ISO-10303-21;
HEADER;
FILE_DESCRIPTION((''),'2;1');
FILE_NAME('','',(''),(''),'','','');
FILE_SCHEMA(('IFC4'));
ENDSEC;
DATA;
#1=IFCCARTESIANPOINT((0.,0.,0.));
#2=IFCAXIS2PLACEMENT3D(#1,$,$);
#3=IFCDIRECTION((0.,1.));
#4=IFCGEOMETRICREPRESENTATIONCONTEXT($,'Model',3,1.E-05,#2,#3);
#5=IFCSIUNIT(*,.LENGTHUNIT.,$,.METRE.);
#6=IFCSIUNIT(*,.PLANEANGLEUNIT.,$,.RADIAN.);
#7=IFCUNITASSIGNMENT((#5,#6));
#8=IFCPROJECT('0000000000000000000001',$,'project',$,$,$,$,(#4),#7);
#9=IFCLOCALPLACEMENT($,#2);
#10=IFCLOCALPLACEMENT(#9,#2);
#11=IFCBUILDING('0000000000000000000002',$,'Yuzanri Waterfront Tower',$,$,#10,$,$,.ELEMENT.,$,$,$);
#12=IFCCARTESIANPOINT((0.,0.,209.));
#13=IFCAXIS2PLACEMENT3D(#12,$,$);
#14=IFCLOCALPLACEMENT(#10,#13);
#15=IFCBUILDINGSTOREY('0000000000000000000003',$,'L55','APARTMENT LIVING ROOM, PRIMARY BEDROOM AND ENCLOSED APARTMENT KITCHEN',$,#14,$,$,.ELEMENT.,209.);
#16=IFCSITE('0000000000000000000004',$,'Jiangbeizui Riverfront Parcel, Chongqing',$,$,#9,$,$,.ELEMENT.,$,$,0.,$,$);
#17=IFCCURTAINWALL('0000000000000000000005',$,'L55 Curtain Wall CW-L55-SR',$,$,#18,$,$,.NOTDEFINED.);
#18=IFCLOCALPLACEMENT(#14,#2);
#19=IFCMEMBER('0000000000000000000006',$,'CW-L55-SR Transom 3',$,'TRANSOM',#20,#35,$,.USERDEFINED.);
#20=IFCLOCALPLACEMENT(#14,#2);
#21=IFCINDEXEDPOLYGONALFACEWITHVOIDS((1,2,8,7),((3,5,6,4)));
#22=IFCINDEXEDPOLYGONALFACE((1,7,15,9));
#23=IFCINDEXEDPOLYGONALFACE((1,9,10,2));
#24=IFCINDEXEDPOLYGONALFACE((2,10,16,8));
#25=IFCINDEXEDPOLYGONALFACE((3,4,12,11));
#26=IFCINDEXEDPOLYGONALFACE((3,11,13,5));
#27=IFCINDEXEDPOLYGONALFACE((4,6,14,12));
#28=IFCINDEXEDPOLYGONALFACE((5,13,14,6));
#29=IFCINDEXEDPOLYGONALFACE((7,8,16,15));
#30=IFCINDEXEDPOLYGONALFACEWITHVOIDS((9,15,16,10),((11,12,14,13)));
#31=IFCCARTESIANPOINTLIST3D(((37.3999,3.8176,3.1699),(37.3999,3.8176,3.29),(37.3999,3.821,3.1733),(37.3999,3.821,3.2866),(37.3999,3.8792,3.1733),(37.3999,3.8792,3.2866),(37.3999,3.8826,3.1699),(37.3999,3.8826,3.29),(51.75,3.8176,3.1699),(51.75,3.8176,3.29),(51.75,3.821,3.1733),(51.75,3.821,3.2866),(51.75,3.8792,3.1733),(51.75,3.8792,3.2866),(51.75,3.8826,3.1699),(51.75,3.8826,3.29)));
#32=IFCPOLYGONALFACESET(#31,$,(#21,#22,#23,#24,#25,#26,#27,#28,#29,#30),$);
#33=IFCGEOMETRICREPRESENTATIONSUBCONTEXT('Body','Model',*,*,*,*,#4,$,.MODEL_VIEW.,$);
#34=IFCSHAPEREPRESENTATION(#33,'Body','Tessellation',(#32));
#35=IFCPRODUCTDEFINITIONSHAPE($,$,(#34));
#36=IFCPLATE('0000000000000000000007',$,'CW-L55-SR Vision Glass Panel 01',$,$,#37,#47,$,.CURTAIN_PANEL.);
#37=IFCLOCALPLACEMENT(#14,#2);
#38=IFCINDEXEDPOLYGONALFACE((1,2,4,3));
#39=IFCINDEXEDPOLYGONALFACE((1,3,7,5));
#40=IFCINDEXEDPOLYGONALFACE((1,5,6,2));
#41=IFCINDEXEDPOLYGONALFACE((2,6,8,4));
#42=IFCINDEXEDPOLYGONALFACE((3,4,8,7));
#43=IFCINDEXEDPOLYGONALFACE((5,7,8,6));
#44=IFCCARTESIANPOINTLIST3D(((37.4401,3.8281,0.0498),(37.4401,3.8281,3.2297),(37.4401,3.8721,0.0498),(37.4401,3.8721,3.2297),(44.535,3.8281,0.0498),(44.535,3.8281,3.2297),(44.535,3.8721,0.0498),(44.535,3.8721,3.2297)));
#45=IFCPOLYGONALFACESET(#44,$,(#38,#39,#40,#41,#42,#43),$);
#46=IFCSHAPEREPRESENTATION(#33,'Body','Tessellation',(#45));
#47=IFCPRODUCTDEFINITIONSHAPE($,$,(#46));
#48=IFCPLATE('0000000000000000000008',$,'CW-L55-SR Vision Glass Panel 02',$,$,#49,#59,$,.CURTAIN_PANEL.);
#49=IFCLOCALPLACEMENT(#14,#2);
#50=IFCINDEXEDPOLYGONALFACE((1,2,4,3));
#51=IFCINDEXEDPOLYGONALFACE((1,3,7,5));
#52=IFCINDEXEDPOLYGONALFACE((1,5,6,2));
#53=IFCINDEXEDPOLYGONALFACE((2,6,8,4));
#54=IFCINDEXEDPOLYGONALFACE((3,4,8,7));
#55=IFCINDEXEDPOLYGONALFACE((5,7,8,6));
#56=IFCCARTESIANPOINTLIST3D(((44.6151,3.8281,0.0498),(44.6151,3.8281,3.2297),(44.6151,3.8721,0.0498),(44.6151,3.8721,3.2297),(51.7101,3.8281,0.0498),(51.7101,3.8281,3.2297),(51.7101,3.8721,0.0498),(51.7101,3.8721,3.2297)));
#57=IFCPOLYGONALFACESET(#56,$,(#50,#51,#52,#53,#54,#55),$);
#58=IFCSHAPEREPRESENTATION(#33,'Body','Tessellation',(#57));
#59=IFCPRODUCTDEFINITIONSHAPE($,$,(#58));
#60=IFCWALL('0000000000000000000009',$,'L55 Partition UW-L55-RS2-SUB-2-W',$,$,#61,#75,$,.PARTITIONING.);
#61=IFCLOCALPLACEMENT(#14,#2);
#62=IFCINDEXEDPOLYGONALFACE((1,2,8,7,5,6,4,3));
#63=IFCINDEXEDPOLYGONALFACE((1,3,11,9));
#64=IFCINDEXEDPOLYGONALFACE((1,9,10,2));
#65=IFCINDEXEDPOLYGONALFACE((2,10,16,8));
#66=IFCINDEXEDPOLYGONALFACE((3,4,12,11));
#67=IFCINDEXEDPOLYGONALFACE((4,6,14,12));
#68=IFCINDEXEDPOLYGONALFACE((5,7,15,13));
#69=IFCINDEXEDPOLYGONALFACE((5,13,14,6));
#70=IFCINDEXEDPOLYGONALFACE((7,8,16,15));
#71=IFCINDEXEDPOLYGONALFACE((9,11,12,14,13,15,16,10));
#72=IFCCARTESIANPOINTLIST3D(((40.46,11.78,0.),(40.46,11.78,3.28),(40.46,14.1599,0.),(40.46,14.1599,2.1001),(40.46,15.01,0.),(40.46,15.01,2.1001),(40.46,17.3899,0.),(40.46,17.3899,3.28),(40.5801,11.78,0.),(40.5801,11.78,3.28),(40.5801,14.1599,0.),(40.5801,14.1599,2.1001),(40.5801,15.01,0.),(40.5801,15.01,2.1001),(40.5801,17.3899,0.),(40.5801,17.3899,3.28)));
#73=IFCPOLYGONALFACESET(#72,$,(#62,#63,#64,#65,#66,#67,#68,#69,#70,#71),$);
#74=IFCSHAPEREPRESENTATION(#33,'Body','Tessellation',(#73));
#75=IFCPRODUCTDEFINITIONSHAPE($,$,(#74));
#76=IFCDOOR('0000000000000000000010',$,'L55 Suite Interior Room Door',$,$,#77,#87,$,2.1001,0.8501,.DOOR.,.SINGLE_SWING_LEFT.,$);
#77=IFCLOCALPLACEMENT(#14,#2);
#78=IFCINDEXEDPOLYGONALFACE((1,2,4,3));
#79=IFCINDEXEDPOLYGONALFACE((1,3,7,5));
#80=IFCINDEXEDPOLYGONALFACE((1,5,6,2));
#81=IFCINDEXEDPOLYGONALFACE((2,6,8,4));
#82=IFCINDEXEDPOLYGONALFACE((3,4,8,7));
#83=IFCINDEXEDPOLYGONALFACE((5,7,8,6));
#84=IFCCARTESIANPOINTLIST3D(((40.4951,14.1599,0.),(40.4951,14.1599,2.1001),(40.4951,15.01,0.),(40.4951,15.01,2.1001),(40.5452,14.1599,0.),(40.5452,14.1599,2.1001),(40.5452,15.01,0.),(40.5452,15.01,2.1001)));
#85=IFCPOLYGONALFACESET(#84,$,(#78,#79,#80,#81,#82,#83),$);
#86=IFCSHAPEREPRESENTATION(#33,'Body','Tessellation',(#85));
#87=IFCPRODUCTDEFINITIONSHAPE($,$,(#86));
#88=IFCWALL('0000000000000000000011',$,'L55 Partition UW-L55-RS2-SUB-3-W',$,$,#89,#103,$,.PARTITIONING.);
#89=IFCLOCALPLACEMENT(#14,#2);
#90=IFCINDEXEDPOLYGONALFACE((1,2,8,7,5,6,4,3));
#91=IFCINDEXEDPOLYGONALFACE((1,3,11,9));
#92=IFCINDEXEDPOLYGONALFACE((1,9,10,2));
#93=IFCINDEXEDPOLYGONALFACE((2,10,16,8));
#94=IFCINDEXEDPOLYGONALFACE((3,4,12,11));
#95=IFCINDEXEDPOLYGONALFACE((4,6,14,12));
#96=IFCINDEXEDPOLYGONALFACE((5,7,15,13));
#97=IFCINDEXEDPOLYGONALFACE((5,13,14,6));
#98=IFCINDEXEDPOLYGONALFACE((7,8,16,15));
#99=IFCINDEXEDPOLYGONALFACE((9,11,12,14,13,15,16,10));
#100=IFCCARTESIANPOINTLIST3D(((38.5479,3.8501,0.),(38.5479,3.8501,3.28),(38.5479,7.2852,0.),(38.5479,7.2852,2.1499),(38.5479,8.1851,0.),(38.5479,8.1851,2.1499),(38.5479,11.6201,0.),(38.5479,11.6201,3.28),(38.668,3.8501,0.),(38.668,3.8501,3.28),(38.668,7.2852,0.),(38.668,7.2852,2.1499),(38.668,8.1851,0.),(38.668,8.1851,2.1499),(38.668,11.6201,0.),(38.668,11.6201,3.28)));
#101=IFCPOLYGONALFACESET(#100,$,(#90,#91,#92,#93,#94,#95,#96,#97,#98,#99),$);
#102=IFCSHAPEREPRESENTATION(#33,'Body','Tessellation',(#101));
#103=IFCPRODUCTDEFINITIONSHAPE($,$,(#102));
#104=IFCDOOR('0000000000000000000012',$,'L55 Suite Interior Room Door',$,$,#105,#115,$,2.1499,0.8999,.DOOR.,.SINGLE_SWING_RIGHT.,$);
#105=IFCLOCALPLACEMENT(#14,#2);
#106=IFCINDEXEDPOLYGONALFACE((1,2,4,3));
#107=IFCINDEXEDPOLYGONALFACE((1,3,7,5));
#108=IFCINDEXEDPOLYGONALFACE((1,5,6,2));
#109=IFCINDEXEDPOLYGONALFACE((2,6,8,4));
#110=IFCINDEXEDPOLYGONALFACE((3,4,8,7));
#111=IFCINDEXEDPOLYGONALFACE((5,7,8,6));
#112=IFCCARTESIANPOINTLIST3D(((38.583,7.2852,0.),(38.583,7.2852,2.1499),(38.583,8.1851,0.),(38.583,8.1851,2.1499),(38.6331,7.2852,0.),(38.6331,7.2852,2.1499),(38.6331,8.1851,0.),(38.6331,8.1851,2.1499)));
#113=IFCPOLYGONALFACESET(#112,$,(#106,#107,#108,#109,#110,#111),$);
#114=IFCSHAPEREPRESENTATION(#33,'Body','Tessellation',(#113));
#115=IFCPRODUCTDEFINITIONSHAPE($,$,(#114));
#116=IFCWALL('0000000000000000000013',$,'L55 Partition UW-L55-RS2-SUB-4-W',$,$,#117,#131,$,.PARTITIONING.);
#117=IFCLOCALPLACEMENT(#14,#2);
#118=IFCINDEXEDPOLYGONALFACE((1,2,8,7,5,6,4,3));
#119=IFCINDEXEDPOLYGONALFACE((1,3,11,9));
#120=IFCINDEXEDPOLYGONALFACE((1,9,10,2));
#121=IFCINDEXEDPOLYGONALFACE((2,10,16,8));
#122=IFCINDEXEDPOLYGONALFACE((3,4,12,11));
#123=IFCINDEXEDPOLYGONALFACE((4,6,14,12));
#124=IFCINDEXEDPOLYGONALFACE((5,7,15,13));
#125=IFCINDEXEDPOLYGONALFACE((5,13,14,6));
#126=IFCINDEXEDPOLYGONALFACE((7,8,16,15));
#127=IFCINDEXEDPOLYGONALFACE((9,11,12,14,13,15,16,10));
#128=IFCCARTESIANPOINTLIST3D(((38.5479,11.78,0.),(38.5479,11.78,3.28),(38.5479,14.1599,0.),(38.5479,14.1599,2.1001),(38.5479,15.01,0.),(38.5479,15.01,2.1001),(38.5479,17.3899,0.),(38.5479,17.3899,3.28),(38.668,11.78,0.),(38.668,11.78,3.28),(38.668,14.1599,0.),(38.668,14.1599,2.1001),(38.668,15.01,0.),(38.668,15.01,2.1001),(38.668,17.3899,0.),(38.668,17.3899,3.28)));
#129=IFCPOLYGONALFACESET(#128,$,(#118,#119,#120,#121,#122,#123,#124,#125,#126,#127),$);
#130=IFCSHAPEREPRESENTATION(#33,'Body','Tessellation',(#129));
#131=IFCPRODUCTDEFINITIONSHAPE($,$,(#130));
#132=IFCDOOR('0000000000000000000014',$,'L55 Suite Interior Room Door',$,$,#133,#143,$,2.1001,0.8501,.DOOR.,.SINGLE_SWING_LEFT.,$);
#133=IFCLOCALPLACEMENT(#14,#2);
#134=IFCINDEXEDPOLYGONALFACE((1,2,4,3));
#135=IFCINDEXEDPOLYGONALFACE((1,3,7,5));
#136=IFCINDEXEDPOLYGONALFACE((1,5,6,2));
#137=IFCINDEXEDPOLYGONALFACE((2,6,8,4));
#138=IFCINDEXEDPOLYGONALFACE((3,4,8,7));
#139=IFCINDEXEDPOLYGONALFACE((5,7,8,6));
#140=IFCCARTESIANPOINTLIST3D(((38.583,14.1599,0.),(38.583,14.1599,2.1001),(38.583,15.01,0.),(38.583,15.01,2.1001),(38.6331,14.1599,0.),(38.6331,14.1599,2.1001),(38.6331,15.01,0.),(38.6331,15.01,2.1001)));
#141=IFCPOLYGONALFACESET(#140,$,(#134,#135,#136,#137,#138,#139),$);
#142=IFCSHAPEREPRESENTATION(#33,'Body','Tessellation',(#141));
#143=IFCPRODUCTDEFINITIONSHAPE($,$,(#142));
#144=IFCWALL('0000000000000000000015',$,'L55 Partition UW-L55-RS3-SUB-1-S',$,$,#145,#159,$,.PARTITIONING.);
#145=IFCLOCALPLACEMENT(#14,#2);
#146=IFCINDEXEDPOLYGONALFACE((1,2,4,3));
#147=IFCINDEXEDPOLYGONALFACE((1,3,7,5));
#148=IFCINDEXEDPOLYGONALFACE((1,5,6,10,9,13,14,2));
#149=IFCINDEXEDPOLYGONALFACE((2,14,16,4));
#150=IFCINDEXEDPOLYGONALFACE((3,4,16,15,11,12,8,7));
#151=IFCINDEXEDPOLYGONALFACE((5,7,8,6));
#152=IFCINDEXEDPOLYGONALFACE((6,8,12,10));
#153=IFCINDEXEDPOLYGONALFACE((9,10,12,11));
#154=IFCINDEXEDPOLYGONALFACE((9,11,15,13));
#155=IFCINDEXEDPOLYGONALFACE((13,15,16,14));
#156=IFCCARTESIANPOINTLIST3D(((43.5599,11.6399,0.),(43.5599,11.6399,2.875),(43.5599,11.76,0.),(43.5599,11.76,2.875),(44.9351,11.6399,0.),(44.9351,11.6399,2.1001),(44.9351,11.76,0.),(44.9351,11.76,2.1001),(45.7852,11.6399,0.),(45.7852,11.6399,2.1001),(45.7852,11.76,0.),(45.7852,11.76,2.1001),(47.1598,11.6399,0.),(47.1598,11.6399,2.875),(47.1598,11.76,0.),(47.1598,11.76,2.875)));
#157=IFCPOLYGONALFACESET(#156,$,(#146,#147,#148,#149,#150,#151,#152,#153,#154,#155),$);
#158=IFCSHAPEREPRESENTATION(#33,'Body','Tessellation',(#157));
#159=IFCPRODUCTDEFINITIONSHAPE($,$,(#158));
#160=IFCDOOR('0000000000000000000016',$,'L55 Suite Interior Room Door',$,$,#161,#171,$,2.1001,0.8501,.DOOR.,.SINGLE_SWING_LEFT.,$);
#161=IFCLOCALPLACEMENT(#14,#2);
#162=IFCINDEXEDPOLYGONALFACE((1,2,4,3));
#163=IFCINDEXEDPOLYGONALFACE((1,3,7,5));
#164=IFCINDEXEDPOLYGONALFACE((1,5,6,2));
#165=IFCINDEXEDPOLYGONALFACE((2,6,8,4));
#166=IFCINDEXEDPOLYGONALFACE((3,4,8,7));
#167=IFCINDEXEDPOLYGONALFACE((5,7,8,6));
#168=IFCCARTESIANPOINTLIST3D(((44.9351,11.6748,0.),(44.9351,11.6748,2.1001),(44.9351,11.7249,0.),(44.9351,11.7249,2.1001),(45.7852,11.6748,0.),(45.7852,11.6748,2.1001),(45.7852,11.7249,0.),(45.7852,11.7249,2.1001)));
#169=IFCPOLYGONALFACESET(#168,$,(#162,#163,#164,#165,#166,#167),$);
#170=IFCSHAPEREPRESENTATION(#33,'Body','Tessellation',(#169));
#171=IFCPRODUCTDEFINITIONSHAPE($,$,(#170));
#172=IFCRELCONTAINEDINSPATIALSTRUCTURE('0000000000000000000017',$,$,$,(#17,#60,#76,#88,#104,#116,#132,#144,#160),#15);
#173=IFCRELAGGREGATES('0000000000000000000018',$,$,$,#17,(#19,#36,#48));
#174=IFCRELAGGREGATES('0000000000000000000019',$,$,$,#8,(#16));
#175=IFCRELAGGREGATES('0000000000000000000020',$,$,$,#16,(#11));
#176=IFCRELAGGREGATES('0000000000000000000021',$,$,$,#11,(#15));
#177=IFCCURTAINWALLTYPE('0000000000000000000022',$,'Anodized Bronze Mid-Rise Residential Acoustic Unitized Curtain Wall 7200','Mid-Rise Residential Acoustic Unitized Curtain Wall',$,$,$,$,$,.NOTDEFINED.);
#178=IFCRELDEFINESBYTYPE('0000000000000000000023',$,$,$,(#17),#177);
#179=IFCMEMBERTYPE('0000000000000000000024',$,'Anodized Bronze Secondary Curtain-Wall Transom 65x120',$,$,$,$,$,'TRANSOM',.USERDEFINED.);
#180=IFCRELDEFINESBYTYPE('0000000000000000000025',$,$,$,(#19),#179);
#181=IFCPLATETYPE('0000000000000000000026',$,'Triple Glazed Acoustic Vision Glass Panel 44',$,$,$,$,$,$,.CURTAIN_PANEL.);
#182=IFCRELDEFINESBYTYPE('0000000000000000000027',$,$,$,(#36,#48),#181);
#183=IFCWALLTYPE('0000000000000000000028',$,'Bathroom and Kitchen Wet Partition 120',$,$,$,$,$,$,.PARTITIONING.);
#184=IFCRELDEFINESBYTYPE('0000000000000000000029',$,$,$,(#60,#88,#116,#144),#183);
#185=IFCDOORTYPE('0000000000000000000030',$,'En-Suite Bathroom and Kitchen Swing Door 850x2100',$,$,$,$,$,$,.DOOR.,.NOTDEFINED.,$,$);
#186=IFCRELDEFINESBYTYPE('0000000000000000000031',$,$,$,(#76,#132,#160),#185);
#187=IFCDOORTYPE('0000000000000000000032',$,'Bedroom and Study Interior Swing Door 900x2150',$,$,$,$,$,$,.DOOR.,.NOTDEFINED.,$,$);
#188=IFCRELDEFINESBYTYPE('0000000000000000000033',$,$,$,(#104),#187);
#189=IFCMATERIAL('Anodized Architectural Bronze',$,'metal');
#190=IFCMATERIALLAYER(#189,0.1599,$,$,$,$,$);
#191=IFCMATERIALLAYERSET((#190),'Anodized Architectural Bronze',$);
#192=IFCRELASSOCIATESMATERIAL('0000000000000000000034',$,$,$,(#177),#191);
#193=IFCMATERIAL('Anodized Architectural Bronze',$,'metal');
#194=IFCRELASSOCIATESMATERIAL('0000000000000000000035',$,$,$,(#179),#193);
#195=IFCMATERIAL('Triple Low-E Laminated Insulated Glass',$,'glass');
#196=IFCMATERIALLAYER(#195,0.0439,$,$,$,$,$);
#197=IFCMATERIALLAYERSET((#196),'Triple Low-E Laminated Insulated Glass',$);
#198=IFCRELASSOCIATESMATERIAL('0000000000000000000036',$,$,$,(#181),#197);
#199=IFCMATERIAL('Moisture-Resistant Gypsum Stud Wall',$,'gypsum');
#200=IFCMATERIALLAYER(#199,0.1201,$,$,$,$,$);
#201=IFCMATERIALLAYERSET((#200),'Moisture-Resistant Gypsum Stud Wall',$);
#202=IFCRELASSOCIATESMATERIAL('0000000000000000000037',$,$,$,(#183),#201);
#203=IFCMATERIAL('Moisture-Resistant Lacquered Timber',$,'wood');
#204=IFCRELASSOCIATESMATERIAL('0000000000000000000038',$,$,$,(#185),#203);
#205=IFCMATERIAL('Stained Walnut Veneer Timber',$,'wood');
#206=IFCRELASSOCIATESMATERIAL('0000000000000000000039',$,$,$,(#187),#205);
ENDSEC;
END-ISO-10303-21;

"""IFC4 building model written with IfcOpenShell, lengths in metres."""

from ifc_helpers import new_model, si_unit, direction, frame, frame_2d, origin, origin_2d, place, context, subcontext, project, spatial, rectangle, hollow_rectangle, extrude, source, transform, mapped, material, layer, layer_set, material_profile, profile_set, type_object, element, fill, aggregate, save


model = new_model("IFC4")

# Units and contexts
model_context = context("Model", 3, precision=1e-05, world=origin(), true_north=direction((0.0, 1.0)))
body_context = subcontext(model_context, "Body", "Model", "MODEL_VIEW")
ifc_project = project(units=[si_unit("LENGTHUNIT", "METRE"), si_unit("PLANEANGLEUNIT", "RADIAN")], contexts=[model_context])

# Site, building, storey
site_placement = place(None, origin())
site = spatial("IfcSite", under=ifc_project, at=site_placement, Name="Jiangbeizui Riverfront Parcel, Chongqing", CompositionType="ELEMENT", RefElevation=0.0)
building_placement = place(site_placement, origin())
building = spatial("IfcBuilding", under=site, at=building_placement, Name="Yuzanri Waterfront Tower", CompositionType="ELEMENT")
storey_placement = place(building_placement, frame((0.0, 0.0, 209.0)))
storey = spatial("IfcBuildingStorey", under=building, at=storey_placement, Name="L55", Description="APARTMENT LIVING ROOM, PRIMARY BEDROOM AND ENCLOSED APARTMENT KITCHEN", CompositionType="ELEMENT", Elevation=209.0)

# Curtain wall, member, plates
ifc_material_1 = material(Name="Anodized Architectural Bronze", Category="metal")
ifc_layer_1 = layer(ifc_material_1, 0.1599)
ifc_layer_set_1 = layer_set([ifc_layer_1], Name="Anodized Architectural Bronze")
curtain_wall_type = type_object("IfcCurtainWallType", Name="Anodized Bronze Mid-Rise Residential Acoustic Unitized Curtain Wall 7200", Description="Mid-Rise Residential Acoustic Unitized Curtain Wall", PredefinedType="NOTDEFINED", material=ifc_layer_set_1)
curtain_wall_placement = place(storey_placement, origin())
curtain_wall = element("IfcCurtainWall", 1, at=curtain_wall_placement, inside=storey, type_object=curtain_wall_type, Name="L55 Curtain Wall CW-L55-SR", PredefinedType="NOTDEFINED")
ifc_material_2 = material(Name="Anodized Architectural Bronze", Category="metal")
ifc_material_profile_1 = material_profile(ifc_material_2, hollow_rectangle(XDim=0.0649, YDim=0.1201, WallThickness=0.0034, at=origin_2d()), Name="CWT 65x120")
ifc_profile_set_1 = profile_set([ifc_material_profile_1], Name="Anodized Architectural Bronze")
member_type_1 = type_object("IfcMemberType", Name="Anodized Bronze Secondary Curtain-Wall Transom 65x120", ElementType="TRANSOM", PredefinedType="USERDEFINED", material=ifc_profile_set_1)
shared_shape_1 = source(origin(), body_context, "Body", "SweptSolid", [
    extrude(hollow_rectangle(XDim=0.0649, YDim=0.1201, WallThickness=0.0034, at=origin_2d()), origin(), (0.0, 0.0, 1.0), 14.3501),
])
member_1_placement = place(storey_placement, frame((37.3999, 3.8501, 3.23), z_axis=(1.0, 0.0, 0.0), x_axis=(0.0, 1.0, 0.0)))
member_1 = element("IfcMember", 2, at=member_1_placement, type_object=member_type_1, Name="CW-L55-SR Transom 3", ObjectType="TRANSOM", PredefinedType="USERDEFINED", context=body_context, shape_type="MappedRepresentation", body=[
    mapped(shared_shape_1, transform((0.0, 0.0, 0.0), scale=1.0)),
])
ifc_material_3 = material(Name="Triple Low-E Laminated Insulated Glass", Category="glass")
ifc_layer_2 = layer(ifc_material_3, 0.0439)
ifc_layer_set_2 = layer_set([ifc_layer_2], Name="Triple Low-E Laminated Insulated Glass")
plate_type = type_object("IfcPlateType", Name="Triple Glazed Acoustic Vision Glass Panel 44", PredefinedType="CURTAIN_PANEL", material=ifc_layer_set_2)
shared_shape_2 = source(origin(), body_context, "Body", "SweptSolid", [
    extrude(rectangle(XDim=7.095, YDim=0.0439, at=origin_2d()), origin(), (0.0, 0.0, 1.0), 3.1799),
])
plate_1_placement = place(storey_placement, frame((40.9875, 3.8501, 0.0498), z_axis=(0.0, 0.0, 1.0), x_axis=(1.0, 0.0, 0.0)))
plate_1 = element("IfcPlate", 3, at=plate_1_placement, type_object=plate_type, Name="CW-L55-SR Vision Glass Panel 01", PredefinedType="CURTAIN_PANEL", context=body_context, shape_type="MappedRepresentation", body=[
    mapped(shared_shape_2, transform((0.0, 0.0, 0.0), scale=1.0)),
])
plate_2_placement = place(storey_placement, frame((48.1626, 3.8501, 0.0498), z_axis=(0.0, 0.0, 1.0), x_axis=(1.0, 0.0, 0.0)))
plate_2 = element("IfcPlate", 4, at=plate_2_placement, type_object=plate_type, Name="CW-L55-SR Vision Glass Panel 02", PredefinedType="CURTAIN_PANEL", context=body_context, shape_type="MappedRepresentation", body=[
    mapped(shared_shape_2, transform((0.0, 0.0, 0.0), scale=1.0)),
])
aggregate(curtain_wall, [member_1, plate_1, plate_2])

# Walls, openings, doors
ifc_material_4 = material(Name="Moisture-Resistant Gypsum Stud Wall", Category="gypsum")
ifc_layer_3 = layer(ifc_material_4, 0.1201)
ifc_layer_set_3 = layer_set([ifc_layer_3], Name="Moisture-Resistant Gypsum Stud Wall")
wall_type_1 = type_object("IfcWallType", Name="Bathroom and Kitchen Wet Partition 120", PredefinedType="PARTITIONING", material=ifc_layer_set_3)
wall_1_placement = place(storey_placement, frame((40.52, 11.78, 0.0), z_axis=(0.0, 0.0, 1.0), x_axis=(0.0, 1.0, 0.0)))
wall_1 = element("IfcWall", 5, at=wall_1_placement, inside=storey, type_object=wall_type_1, Name="L55 Partition UW-L55-RS2-SUB-2-W", PredefinedType="PARTITIONING", context=body_context, shape_type="SweptSolid", body=[
    extrude(rectangle(XDim=5.6099, YDim=0.1201, at=frame_2d((2.8049, 0.0))), origin(), (0.0, 0.0, 1.0), 3.28),
])
opening_1_placement = place(wall_1_placement, frame((2.3799, 0.0, 0.0)))
opening_1 = element("IfcOpeningElement", 6, at=opening_1_placement, cuts=wall_1, PredefinedType="OPENING", context=body_context, shape_type="SweptSolid", body=[
    extrude(rectangle(XDim=0.8501, YDim=2.1001, at=frame_2d((0.425, 1.05))), frame((0.0, 0.075, 0.0), z_axis=(0.0, -1.0, 0.0), x_axis=(1.0, 0.0, 0.0)), (0.0, 0.0, 1.0), 0.1499),
])
ifc_material_5 = material(Name="Moisture-Resistant Lacquered Timber", Category="wood")
door_type_1 = type_object("IfcDoorType", Name="En-Suite Bathroom and Kitchen Swing Door 850x2100", OperationType="NOTDEFINED", PredefinedType="DOOR", material=ifc_material_5)
shared_shape_3 = source(origin(), body_context, "Body", "SweptSolid", [
    extrude(rectangle(XDim=0.8501, YDim=2.1001, at=frame_2d((0.425, 1.05))), frame((0.0, 0.0249, 0.0), z_axis=(0.0, -1.0, 0.0), x_axis=(1.0, 0.0, 0.0)), (0.0, 0.0, 1.0), 0.05),
])
door_1_placement = place(opening_1_placement, origin())
door_1 = element("IfcDoor", 7, at=door_1_placement, inside=storey, type_object=door_type_1, Name="L55 Suite Interior Room Door", OperationType="SINGLE_SWING_LEFT", OverallHeight=2.1001, OverallWidth=0.8501, PredefinedType="DOOR", context=body_context, shape_type="MappedRepresentation", body=[
    mapped(shared_shape_3, transform((0.0, 0.0, 0.0), scale=1.0)),
])
fill(opening_1, door_1)
wall_2_placement = place(storey_placement, frame((38.6079, 3.8501, 0.0), z_axis=(0.0, 0.0, 1.0), x_axis=(0.0, 1.0, 0.0)))
wall_2 = element("IfcWall", 8, at=wall_2_placement, inside=storey, type_object=wall_type_1, Name="L55 Partition UW-L55-RS2-SUB-3-W", PredefinedType="PARTITIONING", context=body_context, shape_type="SweptSolid", body=[
    extrude(rectangle(XDim=7.77, YDim=0.1201, at=frame_2d((3.885, 0.0))), origin(), (0.0, 0.0, 1.0), 3.28),
])
opening_2_placement = place(wall_2_placement, frame((3.4351, 0.0, 0.0)))
opening_2 = element("IfcOpeningElement", 9, at=opening_2_placement, cuts=wall_2, PredefinedType="OPENING", context=body_context, shape_type="SweptSolid", body=[
    extrude(rectangle(XDim=0.8999, YDim=2.1499, at=frame_2d((0.45, 1.075))), frame((0.0, 0.075, 0.0), z_axis=(0.0, -1.0, 0.0), x_axis=(1.0, 0.0, 0.0)), (0.0, 0.0, 1.0), 0.1499),
])
ifc_material_6 = material(Name="Stained Walnut Veneer Timber", Category="wood")
door_type_2 = type_object("IfcDoorType", Name="Bedroom and Study Interior Swing Door 900x2150", OperationType="NOTDEFINED", PredefinedType="DOOR", material=ifc_material_6)
shared_shape_4 = source(origin(), body_context, "Body", "SweptSolid", [
    extrude(rectangle(XDim=0.8999, YDim=2.1499, at=frame_2d((0.45, 1.075))), frame((0.0, 0.0249, 0.0), z_axis=(0.0, -1.0, 0.0), x_axis=(1.0, 0.0, 0.0)), (0.0, 0.0, 1.0), 0.05),
])
door_2_placement = place(opening_2_placement, origin())
door_2 = element("IfcDoor", 10, at=door_2_placement, inside=storey, type_object=door_type_2, Name="L55 Suite Interior Room Door", OperationType="SINGLE_SWING_RIGHT", OverallHeight=2.1499, OverallWidth=0.8999, PredefinedType="DOOR", context=body_context, shape_type="MappedRepresentation", body=[
    mapped(shared_shape_4, transform((0.0, 0.0, 0.0), scale=1.0)),
])
fill(opening_2, door_2)
wall_3_placement = place(storey_placement, frame((38.6079, 11.78, 0.0), z_axis=(0.0, 0.0, 1.0), x_axis=(0.0, 1.0, 0.0)))
wall_3 = element("IfcWall", 11, at=wall_3_placement, inside=storey, type_object=wall_type_1, Name="L55 Partition UW-L55-RS2-SUB-4-W", PredefinedType="PARTITIONING", context=body_context, shape_type="SweptSolid", body=[
    extrude(rectangle(XDim=5.6099, YDim=0.1201, at=frame_2d((2.8049, 0.0))), origin(), (0.0, 0.0, 1.0), 3.28),
])
opening_3_placement = place(wall_3_placement, frame((2.3799, 0.0, 0.0)))
opening_3 = element("IfcOpeningElement", 12, at=opening_3_placement, cuts=wall_3, PredefinedType="OPENING", context=body_context, shape_type="SweptSolid", body=[
    extrude(rectangle(XDim=0.8501, YDim=2.1001, at=frame_2d((0.425, 1.05))), frame((0.0, 0.075, 0.0), z_axis=(0.0, -1.0, 0.0), x_axis=(1.0, 0.0, 0.0)), (0.0, 0.0, 1.0), 0.1499),
])
door_3_placement = place(opening_3_placement, origin())
door_3 = element("IfcDoor", 13, at=door_3_placement, inside=storey, type_object=door_type_1, Name="L55 Suite Interior Room Door", OperationType="SINGLE_SWING_LEFT", OverallHeight=2.1001, OverallWidth=0.8501, PredefinedType="DOOR", context=body_context, shape_type="MappedRepresentation", body=[
    mapped(shared_shape_3, transform((0.0, 0.0, 0.0), scale=1.0)),
])
fill(opening_3, door_3)
wall_4_placement = place(storey_placement, frame((43.5601, 11.7, 0.0), z_axis=(0.0, 0.0, 1.0), x_axis=(1.0, 0.0, 0.0)))
wall_4 = element("IfcWall", 14, at=wall_4_placement, inside=storey, type_object=wall_type_1, Name="L55 Partition UW-L55-RS3-SUB-1-S", PredefinedType="PARTITIONING", context=body_context, shape_type="SweptSolid", body=[
    extrude(rectangle(XDim=3.5999, YDim=0.1201, at=frame_2d((1.7998, 0.0))), origin(), (0.0, 0.0, 1.0), 2.875),
])
opening_4_placement = place(wall_4_placement, frame((1.375, 0.0, 0.0)))
opening_4 = element("IfcOpeningElement", 15, at=opening_4_placement, cuts=wall_4, PredefinedType="OPENING", context=body_context, shape_type="SweptSolid", body=[
    extrude(rectangle(XDim=0.8501, YDim=2.1001, at=frame_2d((0.425, 1.05))), frame((0.0, 0.075, 0.0), z_axis=(0.0, -1.0, 0.0), x_axis=(1.0, 0.0, 0.0)), (0.0, 0.0, 1.0), 0.1499),
])
door_4_placement = place(opening_4_placement, origin())
door_4 = element("IfcDoor", 16, at=door_4_placement, inside=storey, type_object=door_type_1, Name="L55 Suite Interior Room Door", OperationType="SINGLE_SWING_LEFT", OverallHeight=2.1001, OverallWidth=0.8501, PredefinedType="DOOR", context=body_context, shape_type="MappedRepresentation", body=[
    mapped(shared_shape_3, transform((0.0, 0.0, 0.0), scale=1.0)),
])
fill(opening_4, door_4)

save(model, "model.ifc")
